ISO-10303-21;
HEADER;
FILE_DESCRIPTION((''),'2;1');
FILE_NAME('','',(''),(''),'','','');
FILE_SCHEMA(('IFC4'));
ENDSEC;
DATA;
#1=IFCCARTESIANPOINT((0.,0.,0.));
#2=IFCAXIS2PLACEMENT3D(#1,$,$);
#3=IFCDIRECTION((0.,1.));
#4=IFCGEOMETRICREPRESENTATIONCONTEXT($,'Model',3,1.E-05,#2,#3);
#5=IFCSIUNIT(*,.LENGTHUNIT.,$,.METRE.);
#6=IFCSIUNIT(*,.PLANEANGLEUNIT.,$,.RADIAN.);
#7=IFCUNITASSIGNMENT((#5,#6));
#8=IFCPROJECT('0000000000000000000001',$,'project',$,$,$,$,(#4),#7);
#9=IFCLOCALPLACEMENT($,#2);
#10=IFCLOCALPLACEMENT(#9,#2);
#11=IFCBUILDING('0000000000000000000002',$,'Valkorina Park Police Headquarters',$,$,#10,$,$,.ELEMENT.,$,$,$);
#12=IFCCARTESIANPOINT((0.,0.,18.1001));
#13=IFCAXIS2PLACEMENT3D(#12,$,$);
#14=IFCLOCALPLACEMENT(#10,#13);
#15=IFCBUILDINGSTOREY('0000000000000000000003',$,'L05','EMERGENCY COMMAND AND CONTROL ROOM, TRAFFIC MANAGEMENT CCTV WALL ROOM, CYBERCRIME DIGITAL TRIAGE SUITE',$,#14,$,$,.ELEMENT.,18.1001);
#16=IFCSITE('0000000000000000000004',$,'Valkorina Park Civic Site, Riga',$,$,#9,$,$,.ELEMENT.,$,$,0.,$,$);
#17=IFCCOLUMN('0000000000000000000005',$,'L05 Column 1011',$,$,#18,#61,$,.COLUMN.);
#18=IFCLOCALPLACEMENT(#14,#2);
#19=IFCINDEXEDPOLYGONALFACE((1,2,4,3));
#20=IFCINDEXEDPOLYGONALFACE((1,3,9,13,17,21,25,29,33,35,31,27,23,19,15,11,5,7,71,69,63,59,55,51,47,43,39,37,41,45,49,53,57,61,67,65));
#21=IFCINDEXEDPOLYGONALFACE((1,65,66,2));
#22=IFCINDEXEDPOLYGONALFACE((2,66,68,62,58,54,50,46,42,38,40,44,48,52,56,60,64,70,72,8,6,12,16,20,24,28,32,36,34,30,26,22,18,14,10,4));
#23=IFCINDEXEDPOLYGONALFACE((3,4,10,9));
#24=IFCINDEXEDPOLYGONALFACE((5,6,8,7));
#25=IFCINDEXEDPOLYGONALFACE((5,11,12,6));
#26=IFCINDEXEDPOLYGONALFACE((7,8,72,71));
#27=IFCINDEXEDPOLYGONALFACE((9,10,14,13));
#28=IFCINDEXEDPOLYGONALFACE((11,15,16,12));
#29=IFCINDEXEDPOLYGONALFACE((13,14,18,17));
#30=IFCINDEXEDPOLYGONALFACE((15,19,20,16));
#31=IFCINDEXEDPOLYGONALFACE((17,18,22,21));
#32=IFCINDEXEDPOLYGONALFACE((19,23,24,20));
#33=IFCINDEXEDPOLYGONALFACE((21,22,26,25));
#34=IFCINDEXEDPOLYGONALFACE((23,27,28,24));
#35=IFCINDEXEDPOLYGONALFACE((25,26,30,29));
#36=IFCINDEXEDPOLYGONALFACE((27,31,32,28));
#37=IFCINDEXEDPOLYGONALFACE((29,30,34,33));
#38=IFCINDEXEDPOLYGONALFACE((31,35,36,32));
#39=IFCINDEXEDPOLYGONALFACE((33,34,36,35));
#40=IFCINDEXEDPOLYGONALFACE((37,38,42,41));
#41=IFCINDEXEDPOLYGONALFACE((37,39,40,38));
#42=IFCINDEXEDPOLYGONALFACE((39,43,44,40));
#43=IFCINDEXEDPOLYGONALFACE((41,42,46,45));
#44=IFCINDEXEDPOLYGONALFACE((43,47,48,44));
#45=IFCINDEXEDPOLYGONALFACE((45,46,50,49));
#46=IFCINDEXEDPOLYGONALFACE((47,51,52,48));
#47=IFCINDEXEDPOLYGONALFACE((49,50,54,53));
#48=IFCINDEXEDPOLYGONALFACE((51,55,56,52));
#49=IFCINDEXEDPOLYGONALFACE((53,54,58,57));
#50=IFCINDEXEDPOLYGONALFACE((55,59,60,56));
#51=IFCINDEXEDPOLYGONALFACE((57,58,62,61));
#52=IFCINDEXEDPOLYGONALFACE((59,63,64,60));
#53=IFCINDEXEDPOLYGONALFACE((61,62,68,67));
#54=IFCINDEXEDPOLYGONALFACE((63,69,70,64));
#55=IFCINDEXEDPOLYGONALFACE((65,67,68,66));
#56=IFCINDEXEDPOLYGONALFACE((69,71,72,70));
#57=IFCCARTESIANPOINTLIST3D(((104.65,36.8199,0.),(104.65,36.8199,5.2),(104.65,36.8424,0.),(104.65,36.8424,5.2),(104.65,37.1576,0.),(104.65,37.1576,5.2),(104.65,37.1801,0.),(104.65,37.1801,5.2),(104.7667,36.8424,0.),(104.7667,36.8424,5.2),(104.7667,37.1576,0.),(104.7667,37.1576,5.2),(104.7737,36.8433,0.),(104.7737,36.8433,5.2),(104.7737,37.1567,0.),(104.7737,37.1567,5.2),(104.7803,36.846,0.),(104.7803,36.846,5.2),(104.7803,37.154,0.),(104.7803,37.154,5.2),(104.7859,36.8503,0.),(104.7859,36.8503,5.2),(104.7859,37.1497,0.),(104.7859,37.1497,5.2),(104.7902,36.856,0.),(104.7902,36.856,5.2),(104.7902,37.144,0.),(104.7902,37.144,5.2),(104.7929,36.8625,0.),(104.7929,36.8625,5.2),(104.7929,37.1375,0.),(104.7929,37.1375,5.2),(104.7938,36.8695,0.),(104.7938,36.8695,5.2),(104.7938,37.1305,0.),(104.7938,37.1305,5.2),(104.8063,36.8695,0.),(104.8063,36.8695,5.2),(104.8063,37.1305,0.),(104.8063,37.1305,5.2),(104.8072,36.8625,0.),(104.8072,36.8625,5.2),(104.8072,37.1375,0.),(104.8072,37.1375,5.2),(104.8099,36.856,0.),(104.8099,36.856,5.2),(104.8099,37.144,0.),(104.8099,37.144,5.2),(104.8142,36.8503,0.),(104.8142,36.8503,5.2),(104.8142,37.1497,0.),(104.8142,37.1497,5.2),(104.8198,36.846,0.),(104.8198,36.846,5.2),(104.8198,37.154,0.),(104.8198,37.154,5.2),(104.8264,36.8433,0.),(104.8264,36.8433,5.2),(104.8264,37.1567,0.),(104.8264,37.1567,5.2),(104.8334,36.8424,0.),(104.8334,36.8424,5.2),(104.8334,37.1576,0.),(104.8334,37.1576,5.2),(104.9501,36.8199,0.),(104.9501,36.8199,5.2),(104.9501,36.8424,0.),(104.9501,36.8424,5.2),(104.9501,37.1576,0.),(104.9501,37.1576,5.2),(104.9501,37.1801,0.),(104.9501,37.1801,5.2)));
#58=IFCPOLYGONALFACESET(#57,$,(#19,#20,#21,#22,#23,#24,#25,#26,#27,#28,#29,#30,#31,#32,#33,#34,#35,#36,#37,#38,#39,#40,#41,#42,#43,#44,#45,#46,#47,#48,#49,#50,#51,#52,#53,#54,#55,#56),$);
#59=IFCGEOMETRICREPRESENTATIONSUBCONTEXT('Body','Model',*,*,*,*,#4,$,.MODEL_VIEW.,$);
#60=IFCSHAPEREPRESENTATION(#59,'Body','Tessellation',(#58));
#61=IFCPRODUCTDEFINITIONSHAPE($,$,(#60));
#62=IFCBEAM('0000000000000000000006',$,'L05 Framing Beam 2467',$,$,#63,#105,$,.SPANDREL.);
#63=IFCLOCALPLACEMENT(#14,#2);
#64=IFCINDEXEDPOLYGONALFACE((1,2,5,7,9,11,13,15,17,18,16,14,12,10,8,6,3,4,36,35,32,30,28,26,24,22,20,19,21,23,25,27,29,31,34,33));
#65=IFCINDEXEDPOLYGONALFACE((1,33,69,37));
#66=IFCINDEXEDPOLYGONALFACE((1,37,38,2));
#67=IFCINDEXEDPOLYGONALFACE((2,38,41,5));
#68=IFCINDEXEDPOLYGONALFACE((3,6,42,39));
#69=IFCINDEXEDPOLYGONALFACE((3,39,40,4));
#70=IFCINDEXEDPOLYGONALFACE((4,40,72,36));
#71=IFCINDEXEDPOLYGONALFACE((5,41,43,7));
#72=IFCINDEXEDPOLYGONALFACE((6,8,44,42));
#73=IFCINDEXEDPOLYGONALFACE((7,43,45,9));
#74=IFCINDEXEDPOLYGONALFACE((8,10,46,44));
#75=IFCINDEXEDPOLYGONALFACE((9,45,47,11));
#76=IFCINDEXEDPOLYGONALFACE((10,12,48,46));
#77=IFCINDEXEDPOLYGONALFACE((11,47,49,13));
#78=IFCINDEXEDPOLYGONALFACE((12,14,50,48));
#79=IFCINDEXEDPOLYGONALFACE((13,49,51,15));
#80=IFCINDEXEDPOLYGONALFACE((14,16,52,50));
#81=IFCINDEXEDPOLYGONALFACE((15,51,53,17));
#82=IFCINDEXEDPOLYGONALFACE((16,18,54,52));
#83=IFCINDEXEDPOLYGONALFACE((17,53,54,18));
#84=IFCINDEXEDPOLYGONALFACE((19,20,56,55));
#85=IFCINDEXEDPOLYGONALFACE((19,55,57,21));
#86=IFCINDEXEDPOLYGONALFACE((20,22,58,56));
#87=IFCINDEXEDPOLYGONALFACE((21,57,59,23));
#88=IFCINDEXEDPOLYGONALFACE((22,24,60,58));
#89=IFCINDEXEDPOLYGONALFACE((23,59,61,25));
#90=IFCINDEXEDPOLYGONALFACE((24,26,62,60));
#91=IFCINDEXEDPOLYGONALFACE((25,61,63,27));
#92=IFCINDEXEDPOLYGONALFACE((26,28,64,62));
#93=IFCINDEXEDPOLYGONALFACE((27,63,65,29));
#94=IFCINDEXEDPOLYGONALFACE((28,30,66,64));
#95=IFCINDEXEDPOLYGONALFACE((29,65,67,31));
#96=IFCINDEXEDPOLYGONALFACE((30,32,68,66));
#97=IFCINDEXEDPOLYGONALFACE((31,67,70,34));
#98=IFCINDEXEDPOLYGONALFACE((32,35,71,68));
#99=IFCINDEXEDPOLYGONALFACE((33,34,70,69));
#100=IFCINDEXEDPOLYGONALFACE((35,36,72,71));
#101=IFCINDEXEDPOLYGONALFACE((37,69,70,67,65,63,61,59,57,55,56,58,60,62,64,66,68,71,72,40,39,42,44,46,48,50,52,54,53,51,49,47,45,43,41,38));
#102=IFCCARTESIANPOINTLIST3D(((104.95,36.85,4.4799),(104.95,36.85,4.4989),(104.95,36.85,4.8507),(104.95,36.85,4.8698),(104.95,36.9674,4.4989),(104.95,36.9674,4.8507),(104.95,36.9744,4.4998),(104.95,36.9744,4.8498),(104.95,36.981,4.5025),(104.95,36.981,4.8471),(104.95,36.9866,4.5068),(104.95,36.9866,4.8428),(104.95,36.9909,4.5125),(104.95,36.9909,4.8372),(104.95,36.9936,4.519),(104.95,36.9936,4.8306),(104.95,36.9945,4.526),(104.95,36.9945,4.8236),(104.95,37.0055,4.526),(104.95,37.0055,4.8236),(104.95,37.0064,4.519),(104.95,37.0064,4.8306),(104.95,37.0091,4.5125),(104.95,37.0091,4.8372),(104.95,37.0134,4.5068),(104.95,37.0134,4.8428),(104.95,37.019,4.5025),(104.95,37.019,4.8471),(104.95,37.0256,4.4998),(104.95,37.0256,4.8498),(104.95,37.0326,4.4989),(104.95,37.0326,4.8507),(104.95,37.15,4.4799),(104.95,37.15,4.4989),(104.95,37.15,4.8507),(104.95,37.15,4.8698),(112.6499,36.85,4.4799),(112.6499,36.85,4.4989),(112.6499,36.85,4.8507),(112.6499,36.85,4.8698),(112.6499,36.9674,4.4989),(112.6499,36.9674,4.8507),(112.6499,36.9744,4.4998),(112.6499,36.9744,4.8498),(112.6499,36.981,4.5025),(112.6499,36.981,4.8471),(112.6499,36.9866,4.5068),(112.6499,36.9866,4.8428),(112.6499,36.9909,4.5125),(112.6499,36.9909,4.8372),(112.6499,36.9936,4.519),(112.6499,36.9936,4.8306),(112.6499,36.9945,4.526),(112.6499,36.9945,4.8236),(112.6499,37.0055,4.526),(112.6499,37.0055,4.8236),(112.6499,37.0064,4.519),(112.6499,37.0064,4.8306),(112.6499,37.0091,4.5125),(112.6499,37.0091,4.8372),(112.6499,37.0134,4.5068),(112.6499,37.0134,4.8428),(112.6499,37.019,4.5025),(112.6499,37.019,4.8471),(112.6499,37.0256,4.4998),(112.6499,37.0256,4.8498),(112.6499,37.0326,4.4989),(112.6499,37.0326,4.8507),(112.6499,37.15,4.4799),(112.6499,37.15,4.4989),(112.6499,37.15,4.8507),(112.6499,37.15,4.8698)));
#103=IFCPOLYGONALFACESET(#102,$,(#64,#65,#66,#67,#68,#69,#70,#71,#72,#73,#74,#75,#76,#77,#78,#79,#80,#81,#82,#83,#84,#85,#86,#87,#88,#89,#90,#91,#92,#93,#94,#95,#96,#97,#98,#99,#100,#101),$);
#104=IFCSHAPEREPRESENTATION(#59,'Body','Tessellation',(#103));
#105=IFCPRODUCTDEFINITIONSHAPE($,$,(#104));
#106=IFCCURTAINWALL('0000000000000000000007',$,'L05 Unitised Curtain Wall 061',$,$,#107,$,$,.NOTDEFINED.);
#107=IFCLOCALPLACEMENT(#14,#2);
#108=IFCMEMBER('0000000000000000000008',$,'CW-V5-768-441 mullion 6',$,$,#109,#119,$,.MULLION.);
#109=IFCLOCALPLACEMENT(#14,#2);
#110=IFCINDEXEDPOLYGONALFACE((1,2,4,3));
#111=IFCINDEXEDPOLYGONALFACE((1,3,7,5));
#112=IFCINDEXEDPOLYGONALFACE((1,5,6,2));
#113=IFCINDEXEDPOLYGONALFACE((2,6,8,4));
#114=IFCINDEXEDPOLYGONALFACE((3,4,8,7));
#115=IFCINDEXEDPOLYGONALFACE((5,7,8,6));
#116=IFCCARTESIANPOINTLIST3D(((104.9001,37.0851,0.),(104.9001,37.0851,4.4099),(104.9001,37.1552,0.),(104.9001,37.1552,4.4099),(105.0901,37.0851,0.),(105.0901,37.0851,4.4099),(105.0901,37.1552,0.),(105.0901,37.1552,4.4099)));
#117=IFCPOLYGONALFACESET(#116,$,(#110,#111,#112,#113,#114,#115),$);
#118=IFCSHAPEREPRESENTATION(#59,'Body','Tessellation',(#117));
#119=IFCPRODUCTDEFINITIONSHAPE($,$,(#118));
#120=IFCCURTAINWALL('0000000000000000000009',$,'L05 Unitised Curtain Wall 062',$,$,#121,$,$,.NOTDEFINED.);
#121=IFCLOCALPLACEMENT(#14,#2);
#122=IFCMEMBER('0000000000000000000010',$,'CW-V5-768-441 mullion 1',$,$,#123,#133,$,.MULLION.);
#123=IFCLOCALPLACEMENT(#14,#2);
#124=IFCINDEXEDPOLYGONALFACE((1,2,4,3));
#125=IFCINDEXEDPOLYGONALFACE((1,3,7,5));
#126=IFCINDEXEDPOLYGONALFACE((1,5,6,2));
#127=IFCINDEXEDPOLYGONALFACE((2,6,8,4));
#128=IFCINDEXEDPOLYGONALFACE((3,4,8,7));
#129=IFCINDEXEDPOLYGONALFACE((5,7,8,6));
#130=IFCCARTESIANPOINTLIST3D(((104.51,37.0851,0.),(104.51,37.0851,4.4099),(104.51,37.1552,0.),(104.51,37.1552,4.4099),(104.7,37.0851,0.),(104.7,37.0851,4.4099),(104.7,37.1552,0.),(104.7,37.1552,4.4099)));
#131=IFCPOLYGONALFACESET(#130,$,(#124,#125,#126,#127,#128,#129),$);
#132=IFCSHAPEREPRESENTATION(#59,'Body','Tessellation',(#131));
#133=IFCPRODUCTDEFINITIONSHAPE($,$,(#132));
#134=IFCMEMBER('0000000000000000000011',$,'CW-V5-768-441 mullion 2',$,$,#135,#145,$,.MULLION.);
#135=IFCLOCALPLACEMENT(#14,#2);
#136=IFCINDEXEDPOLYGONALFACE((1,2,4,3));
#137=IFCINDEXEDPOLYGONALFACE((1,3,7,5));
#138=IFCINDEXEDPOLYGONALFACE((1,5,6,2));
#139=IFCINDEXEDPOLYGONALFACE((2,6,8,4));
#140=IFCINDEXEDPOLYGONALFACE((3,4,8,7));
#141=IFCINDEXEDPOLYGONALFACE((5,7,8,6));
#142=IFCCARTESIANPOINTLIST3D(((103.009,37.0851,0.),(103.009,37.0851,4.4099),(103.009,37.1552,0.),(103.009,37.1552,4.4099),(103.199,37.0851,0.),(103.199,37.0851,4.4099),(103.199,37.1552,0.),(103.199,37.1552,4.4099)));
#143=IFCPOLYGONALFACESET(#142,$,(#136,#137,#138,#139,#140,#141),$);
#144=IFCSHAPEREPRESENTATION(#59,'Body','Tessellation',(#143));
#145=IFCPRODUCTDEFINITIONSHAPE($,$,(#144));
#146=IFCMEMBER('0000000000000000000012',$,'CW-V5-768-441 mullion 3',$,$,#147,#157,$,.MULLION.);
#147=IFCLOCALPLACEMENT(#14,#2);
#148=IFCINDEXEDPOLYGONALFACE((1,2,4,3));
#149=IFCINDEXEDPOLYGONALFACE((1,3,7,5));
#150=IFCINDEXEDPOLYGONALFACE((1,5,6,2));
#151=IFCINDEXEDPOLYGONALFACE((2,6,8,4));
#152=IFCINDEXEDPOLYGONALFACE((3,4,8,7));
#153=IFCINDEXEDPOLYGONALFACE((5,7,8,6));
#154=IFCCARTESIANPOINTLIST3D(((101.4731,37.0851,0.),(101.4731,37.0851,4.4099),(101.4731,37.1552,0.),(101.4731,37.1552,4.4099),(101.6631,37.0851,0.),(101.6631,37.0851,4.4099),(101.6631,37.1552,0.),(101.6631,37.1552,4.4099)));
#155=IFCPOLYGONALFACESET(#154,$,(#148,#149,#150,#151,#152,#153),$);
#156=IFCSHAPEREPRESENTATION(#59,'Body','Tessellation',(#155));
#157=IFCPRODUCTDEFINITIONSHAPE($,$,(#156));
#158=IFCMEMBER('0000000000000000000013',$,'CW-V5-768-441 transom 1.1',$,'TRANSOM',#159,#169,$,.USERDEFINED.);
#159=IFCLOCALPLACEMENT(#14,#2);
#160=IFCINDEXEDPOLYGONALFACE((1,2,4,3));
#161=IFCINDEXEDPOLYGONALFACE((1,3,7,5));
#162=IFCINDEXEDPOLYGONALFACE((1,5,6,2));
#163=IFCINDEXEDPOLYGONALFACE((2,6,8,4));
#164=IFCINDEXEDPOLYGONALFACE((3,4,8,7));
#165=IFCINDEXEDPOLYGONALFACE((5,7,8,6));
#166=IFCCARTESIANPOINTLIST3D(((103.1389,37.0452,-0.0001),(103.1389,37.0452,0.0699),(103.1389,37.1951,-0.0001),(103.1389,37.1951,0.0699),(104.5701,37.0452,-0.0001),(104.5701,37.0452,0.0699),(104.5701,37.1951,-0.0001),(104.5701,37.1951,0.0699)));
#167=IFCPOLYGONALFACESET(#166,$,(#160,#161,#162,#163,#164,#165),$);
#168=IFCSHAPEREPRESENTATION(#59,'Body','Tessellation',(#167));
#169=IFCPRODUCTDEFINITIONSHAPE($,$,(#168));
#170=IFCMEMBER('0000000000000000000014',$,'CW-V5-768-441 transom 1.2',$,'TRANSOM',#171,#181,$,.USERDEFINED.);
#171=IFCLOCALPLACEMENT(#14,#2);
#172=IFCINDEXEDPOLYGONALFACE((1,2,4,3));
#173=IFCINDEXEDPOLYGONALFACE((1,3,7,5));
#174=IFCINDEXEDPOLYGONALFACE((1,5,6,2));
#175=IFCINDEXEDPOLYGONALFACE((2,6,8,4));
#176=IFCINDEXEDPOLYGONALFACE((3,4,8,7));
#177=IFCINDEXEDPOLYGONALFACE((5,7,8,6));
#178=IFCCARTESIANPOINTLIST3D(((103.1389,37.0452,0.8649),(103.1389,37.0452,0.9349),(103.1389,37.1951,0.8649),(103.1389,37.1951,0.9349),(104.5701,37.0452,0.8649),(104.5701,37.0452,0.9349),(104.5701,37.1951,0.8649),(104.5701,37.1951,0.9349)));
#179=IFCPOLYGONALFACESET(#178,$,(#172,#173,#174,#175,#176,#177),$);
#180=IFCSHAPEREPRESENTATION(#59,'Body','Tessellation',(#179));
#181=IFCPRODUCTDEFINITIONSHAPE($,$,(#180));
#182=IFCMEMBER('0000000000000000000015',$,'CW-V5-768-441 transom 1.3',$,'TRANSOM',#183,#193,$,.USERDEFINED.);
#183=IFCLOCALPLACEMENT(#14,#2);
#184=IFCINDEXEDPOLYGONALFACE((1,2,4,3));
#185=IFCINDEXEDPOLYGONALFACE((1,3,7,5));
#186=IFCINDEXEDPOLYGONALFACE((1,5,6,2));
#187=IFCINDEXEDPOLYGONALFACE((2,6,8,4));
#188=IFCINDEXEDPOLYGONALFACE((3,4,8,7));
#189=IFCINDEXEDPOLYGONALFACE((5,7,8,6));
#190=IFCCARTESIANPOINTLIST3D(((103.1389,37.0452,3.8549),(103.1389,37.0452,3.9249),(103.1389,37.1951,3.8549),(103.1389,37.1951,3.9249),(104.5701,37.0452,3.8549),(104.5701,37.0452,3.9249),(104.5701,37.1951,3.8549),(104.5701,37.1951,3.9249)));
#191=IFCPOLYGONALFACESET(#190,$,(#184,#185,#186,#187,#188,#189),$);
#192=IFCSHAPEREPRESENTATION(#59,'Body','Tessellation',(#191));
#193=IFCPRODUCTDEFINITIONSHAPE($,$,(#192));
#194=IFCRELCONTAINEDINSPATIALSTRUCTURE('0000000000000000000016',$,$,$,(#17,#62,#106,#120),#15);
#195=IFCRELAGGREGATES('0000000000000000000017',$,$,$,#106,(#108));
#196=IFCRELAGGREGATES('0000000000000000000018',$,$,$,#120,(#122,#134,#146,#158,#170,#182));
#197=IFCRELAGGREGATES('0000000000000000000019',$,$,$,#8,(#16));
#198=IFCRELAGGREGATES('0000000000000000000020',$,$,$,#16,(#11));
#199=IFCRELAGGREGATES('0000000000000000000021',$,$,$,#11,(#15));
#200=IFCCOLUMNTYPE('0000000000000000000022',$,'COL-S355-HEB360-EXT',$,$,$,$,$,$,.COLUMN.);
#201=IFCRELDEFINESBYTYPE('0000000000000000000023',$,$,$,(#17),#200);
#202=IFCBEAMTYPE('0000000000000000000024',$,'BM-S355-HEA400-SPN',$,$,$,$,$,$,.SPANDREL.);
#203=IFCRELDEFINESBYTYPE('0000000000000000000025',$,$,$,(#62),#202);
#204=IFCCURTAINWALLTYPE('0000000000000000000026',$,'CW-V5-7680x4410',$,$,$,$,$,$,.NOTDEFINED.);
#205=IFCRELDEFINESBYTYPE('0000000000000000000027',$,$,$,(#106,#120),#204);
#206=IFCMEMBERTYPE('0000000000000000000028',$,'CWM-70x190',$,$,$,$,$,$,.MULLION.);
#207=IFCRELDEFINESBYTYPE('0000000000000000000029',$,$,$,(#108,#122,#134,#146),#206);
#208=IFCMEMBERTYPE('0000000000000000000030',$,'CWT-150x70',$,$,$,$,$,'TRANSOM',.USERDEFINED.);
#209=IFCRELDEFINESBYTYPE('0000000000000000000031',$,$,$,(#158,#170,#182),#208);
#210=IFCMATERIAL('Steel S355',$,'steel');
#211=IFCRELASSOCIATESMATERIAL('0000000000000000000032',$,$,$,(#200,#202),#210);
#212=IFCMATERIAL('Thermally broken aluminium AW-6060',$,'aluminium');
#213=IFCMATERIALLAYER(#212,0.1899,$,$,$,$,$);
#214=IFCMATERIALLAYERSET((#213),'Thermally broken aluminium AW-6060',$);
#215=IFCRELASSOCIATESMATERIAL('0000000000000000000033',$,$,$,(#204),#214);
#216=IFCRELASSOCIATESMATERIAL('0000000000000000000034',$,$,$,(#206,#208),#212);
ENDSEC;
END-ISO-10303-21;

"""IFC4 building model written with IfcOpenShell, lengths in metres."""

from ifc_helpers import new_model, si_unit, direction, frame, origin, origin_2d, place, context, subcontext, project, spatial, rectangle, i_section, extrude, material, layer, layer_set, material_profile, profile_set, type_object, element, aggregate, save


model = new_model("IFC4")

# Units and contexts
model_context = context("Model", 3, precision=1e-05, world=origin(), true_north=direction((0.0, 1.0)))
body_context = subcontext(model_context, "Body", "Model", "MODEL_VIEW")
ifc_project = project(units=[si_unit("LENGTHUNIT", "METRE"), si_unit("PLANEANGLEUNIT", "RADIAN")], contexts=[model_context])

# Site, building, storey
site_placement = place(None, origin())
site = spatial("IfcSite", under=ifc_project, at=site_placement, Name="Valkorina Park Civic Site, Riga", CompositionType="ELEMENT", RefElevation=0.0)
building_placement = place(site_placement, origin())
building = spatial("IfcBuilding", under=site, at=building_placement, Name="Valkorina Park Police Headquarters", CompositionType="ELEMENT")
storey_placement = place(building_placement, frame((0.0, 0.0, 18.1001)))
storey = spatial("IfcBuildingStorey", under=building, at=storey_placement, Name="L05", Description="EMERGENCY COMMAND AND CONTROL ROOM, TRAFFIC MANAGEMENT CCTV WALL ROOM, CYBERCRIME DIGITAL TRIAGE SUITE", CompositionType="ELEMENT", Elevation=18.1001)

# Column
ifc_material_1 = material(Name="Steel S355", Category="steel")
ifc_material_profile_1 = material_profile(ifc_material_1, i_section(OverallWidth=0.3, OverallDepth=0.3601, WebThickness=0.0125, FlangeThickness=0.0225, FilletRadius=0.0271, at=origin_2d()), Name="HEB 360")
ifc_profile_set_1 = profile_set([ifc_material_profile_1], Name="Steel S355")
column_type = type_object("IfcColumnType", Name="COL-S355-HEB360-EXT", PredefinedType="COLUMN", material=ifc_profile_set_1)
column_placement = place(storey_placement, frame((104.8, 37.0, 0.0), z_axis=(0.0, 0.0, 1.0), x_axis=(1.0, 0.0, 0.0)))
element("IfcColumn", 1, at=column_placement, inside=storey, type_object=column_type, Name="L05 Column 1011", PredefinedType="COLUMN", context=body_context, shape_type="SweptSolid", body=[
    extrude(i_section(OverallWidth=0.3, OverallDepth=0.3601, WebThickness=0.0125, FlangeThickness=0.0225, FilletRadius=0.0271, at=origin_2d()), origin(), (0.0, 0.0, 1.0), 5.2),
])

# Beam
ifc_material_profile_2 = material_profile(ifc_material_1, i_section(OverallWidth=0.3, OverallDepth=0.3899, WebThickness=0.011, FlangeThickness=0.019, FilletRadius=0.0271, at=origin_2d()), Name="HEA 400")
ifc_profile_set_2 = profile_set([ifc_material_profile_2], Name="Steel S355")
beam_type = type_object("IfcBeamType", Name="BM-S355-HEA400-SPN", PredefinedType="SPANDREL", material=ifc_profile_set_2)
beam_placement = place(storey_placement, frame((104.95, 37.0, 4.6748), z_axis=(1.0, 0.0, 0.0), x_axis=(0.0, 1.0, 0.0)))
element("IfcBeam", 2, at=beam_placement, inside=storey, type_object=beam_type, Name="L05 Framing Beam 2467", PredefinedType="SPANDREL", context=body_context, shape_type="SweptSolid", body=[
    extrude(i_section(OverallWidth=0.3, OverallDepth=0.3899, WebThickness=0.011, FlangeThickness=0.019, FilletRadius=0.0271, at=origin_2d()), origin(), (0.0, 0.0, 1.0), 7.7),
])

# Curtain wall, member
ifc_material_2 = material(Name="Thermally broken aluminium AW-6060", Category="aluminium")
ifc_layer_1 = layer(ifc_material_2, 0.1899)
ifc_layer_set_1 = layer_set([ifc_layer_1], Name="Thermally broken aluminium AW-6060")
curtain_wall_type = type_object("IfcCurtainWallType", Name="CW-V5-7680x4410", PredefinedType="NOTDEFINED", material=ifc_layer_set_1)
curtain_wall_1_placement = place(storey_placement, origin())
curtain_wall_1 = element("IfcCurtainWall", 3, at=curtain_wall_1_placement, inside=storey, type_object=curtain_wall_type, Name="L05 Unitised Curtain Wall 061", PredefinedType="NOTDEFINED")
ifc_material_profile_3 = material_profile(ifc_material_2, rectangle(XDim=0.0701, YDim=0.1899, at=origin_2d()), Name="CWM-02 70x190")
ifc_profile_set_3 = profile_set([ifc_material_profile_3], Name="Thermally broken aluminium AW-6060")
member_type_1 = type_object("IfcMemberType", Name="CWM-70x190", PredefinedType="MULLION", material=ifc_profile_set_3)
member_1_placement = place(storey_placement, frame((104.9951, 37.1201, 0.0), z_axis=(0.0, 0.0, 1.0), x_axis=(0.0, -1.0, 0.0)))
member_1 = element("IfcMember", 4, at=member_1_placement, type_object=member_type_1, Name="CW-V5-768-441 mullion 6", PredefinedType="MULLION", context=body_context, shape_type="SweptSolid", body=[
    extrude(rectangle(XDim=0.0701, YDim=0.1899, at=origin_2d()), origin(), (0.0, 0.0, 1.0), 4.4099),
])
aggregate(curtain_wall_1, [member_1])

# Curtain wall, members
curtain_wall_2_placement = place(storey_placement, origin())
curtain_wall_2 = element("IfcCurtainWall", 5, at=curtain_wall_2_placement, inside=storey, type_object=curtain_wall_type, Name="L05 Unitised Curtain Wall 062", PredefinedType="NOTDEFINED")
member_2_placement = place(storey_placement, frame((104.605, 37.1201, 0.0), z_axis=(0.0, 0.0, 1.0), x_axis=(0.0, -1.0, 0.0)))
member_2 = element("IfcMember", 6, at=member_2_placement, type_object=member_type_1, Name="CW-V5-768-441 mullion 1", PredefinedType="MULLION", context=body_context, shape_type="SweptSolid", body=[
    extrude(rectangle(XDim=0.0701, YDim=0.1899, at=origin_2d()), origin(), (0.0, 0.0, 1.0), 4.4099),
])
member_3_placement = place(storey_placement, frame((103.104, 37.1201, 0.0), z_axis=(0.0, 0.0, 1.0), x_axis=(0.0, -1.0, 0.0)))
member_3 = element("IfcMember", 7, at=member_3_placement, type_object=member_type_1, Name="CW-V5-768-441 mullion 2", PredefinedType="MULLION", context=body_context, shape_type="SweptSolid", body=[
    extrude(rectangle(XDim=0.0701, YDim=0.1899, at=origin_2d()), origin(), (0.0, 0.0, 1.0), 4.4099),
])
member_4_placement = place(storey_placement, frame((101.5681, 37.1201, 0.0), z_axis=(0.0, 0.0, 1.0), x_axis=(0.0, -1.0, 0.0)))
member_4 = element("IfcMember", 8, at=member_4_placement, type_object=member_type_1, Name="CW-V5-768-441 mullion 3", PredefinedType="MULLION", context=body_context, shape_type="SweptSolid", body=[
    extrude(rectangle(XDim=0.0701, YDim=0.1899, at=origin_2d()), origin(), (0.0, 0.0, 1.0), 4.4099),
])
ifc_material_profile_4 = material_profile(ifc_material_2, rectangle(XDim=0.1499, YDim=0.0701, at=origin_2d()), Name="CWT-02 150x70")
ifc_profile_set_4 = profile_set([ifc_material_profile_4], Name="Thermally broken aluminium AW-6060")
member_type_2 = type_object("IfcMemberType", Name="CWT-150x70", ElementType="TRANSOM", PredefinedType="USERDEFINED", material=ifc_profile_set_4)
member_5_placement = place(storey_placement, frame((104.5701, 37.1201, 0.0349), z_axis=(-1.0, 0.0, 0.0), x_axis=(0.0, -1.0, 0.0)))
member_5 = element("IfcMember", 9, at=member_5_placement, type_object=member_type_2, Name="CW-V5-768-441 transom 1.1", ObjectType="TRANSOM", PredefinedType="USERDEFINED", context=body_context, shape_type="SweptSolid", body=[
    extrude(rectangle(XDim=0.1499, YDim=0.0701, at=origin_2d()), origin(), (0.0, 0.0, 1.0), 1.4312),
])
member_6_placement = place(storey_placement, frame((104.5701, 37.1201, 0.8999), z_axis=(-1.0, 0.0, 0.0), x_axis=(0.0, -1.0, 0.0)))
member_6 = element("IfcMember", 10, at=member_6_placement, type_object=member_type_2, Name="CW-V5-768-441 transom 1.2", ObjectType="TRANSOM", PredefinedType="USERDEFINED", context=body_context, shape_type="SweptSolid", body=[
    extrude(rectangle(XDim=0.1499, YDim=0.0701, at=origin_2d()), origin(), (0.0, 0.0, 1.0), 1.4312),
])
member_7_placement = place(storey_placement, frame((104.5701, 37.1201, 3.8899), z_axis=(-1.0, 0.0, 0.0), x_axis=(0.0, -1.0, 0.0)))
member_7 = element("IfcMember", 11, at=member_7_placement, type_object=member_type_2, Name="CW-V5-768-441 transom 1.3", ObjectType="TRANSOM", PredefinedType="USERDEFINED", context=body_context, shape_type="SweptSolid", body=[
    extrude(rectangle(XDim=0.1499, YDim=0.0701, at=origin_2d()), origin(), (0.0, 0.0, 1.0), 1.4312),
])
aggregate(curtain_wall_2, [member_2, member_3, member_4, member_5, member_6, member_7])

save(model, "model.ifc")
